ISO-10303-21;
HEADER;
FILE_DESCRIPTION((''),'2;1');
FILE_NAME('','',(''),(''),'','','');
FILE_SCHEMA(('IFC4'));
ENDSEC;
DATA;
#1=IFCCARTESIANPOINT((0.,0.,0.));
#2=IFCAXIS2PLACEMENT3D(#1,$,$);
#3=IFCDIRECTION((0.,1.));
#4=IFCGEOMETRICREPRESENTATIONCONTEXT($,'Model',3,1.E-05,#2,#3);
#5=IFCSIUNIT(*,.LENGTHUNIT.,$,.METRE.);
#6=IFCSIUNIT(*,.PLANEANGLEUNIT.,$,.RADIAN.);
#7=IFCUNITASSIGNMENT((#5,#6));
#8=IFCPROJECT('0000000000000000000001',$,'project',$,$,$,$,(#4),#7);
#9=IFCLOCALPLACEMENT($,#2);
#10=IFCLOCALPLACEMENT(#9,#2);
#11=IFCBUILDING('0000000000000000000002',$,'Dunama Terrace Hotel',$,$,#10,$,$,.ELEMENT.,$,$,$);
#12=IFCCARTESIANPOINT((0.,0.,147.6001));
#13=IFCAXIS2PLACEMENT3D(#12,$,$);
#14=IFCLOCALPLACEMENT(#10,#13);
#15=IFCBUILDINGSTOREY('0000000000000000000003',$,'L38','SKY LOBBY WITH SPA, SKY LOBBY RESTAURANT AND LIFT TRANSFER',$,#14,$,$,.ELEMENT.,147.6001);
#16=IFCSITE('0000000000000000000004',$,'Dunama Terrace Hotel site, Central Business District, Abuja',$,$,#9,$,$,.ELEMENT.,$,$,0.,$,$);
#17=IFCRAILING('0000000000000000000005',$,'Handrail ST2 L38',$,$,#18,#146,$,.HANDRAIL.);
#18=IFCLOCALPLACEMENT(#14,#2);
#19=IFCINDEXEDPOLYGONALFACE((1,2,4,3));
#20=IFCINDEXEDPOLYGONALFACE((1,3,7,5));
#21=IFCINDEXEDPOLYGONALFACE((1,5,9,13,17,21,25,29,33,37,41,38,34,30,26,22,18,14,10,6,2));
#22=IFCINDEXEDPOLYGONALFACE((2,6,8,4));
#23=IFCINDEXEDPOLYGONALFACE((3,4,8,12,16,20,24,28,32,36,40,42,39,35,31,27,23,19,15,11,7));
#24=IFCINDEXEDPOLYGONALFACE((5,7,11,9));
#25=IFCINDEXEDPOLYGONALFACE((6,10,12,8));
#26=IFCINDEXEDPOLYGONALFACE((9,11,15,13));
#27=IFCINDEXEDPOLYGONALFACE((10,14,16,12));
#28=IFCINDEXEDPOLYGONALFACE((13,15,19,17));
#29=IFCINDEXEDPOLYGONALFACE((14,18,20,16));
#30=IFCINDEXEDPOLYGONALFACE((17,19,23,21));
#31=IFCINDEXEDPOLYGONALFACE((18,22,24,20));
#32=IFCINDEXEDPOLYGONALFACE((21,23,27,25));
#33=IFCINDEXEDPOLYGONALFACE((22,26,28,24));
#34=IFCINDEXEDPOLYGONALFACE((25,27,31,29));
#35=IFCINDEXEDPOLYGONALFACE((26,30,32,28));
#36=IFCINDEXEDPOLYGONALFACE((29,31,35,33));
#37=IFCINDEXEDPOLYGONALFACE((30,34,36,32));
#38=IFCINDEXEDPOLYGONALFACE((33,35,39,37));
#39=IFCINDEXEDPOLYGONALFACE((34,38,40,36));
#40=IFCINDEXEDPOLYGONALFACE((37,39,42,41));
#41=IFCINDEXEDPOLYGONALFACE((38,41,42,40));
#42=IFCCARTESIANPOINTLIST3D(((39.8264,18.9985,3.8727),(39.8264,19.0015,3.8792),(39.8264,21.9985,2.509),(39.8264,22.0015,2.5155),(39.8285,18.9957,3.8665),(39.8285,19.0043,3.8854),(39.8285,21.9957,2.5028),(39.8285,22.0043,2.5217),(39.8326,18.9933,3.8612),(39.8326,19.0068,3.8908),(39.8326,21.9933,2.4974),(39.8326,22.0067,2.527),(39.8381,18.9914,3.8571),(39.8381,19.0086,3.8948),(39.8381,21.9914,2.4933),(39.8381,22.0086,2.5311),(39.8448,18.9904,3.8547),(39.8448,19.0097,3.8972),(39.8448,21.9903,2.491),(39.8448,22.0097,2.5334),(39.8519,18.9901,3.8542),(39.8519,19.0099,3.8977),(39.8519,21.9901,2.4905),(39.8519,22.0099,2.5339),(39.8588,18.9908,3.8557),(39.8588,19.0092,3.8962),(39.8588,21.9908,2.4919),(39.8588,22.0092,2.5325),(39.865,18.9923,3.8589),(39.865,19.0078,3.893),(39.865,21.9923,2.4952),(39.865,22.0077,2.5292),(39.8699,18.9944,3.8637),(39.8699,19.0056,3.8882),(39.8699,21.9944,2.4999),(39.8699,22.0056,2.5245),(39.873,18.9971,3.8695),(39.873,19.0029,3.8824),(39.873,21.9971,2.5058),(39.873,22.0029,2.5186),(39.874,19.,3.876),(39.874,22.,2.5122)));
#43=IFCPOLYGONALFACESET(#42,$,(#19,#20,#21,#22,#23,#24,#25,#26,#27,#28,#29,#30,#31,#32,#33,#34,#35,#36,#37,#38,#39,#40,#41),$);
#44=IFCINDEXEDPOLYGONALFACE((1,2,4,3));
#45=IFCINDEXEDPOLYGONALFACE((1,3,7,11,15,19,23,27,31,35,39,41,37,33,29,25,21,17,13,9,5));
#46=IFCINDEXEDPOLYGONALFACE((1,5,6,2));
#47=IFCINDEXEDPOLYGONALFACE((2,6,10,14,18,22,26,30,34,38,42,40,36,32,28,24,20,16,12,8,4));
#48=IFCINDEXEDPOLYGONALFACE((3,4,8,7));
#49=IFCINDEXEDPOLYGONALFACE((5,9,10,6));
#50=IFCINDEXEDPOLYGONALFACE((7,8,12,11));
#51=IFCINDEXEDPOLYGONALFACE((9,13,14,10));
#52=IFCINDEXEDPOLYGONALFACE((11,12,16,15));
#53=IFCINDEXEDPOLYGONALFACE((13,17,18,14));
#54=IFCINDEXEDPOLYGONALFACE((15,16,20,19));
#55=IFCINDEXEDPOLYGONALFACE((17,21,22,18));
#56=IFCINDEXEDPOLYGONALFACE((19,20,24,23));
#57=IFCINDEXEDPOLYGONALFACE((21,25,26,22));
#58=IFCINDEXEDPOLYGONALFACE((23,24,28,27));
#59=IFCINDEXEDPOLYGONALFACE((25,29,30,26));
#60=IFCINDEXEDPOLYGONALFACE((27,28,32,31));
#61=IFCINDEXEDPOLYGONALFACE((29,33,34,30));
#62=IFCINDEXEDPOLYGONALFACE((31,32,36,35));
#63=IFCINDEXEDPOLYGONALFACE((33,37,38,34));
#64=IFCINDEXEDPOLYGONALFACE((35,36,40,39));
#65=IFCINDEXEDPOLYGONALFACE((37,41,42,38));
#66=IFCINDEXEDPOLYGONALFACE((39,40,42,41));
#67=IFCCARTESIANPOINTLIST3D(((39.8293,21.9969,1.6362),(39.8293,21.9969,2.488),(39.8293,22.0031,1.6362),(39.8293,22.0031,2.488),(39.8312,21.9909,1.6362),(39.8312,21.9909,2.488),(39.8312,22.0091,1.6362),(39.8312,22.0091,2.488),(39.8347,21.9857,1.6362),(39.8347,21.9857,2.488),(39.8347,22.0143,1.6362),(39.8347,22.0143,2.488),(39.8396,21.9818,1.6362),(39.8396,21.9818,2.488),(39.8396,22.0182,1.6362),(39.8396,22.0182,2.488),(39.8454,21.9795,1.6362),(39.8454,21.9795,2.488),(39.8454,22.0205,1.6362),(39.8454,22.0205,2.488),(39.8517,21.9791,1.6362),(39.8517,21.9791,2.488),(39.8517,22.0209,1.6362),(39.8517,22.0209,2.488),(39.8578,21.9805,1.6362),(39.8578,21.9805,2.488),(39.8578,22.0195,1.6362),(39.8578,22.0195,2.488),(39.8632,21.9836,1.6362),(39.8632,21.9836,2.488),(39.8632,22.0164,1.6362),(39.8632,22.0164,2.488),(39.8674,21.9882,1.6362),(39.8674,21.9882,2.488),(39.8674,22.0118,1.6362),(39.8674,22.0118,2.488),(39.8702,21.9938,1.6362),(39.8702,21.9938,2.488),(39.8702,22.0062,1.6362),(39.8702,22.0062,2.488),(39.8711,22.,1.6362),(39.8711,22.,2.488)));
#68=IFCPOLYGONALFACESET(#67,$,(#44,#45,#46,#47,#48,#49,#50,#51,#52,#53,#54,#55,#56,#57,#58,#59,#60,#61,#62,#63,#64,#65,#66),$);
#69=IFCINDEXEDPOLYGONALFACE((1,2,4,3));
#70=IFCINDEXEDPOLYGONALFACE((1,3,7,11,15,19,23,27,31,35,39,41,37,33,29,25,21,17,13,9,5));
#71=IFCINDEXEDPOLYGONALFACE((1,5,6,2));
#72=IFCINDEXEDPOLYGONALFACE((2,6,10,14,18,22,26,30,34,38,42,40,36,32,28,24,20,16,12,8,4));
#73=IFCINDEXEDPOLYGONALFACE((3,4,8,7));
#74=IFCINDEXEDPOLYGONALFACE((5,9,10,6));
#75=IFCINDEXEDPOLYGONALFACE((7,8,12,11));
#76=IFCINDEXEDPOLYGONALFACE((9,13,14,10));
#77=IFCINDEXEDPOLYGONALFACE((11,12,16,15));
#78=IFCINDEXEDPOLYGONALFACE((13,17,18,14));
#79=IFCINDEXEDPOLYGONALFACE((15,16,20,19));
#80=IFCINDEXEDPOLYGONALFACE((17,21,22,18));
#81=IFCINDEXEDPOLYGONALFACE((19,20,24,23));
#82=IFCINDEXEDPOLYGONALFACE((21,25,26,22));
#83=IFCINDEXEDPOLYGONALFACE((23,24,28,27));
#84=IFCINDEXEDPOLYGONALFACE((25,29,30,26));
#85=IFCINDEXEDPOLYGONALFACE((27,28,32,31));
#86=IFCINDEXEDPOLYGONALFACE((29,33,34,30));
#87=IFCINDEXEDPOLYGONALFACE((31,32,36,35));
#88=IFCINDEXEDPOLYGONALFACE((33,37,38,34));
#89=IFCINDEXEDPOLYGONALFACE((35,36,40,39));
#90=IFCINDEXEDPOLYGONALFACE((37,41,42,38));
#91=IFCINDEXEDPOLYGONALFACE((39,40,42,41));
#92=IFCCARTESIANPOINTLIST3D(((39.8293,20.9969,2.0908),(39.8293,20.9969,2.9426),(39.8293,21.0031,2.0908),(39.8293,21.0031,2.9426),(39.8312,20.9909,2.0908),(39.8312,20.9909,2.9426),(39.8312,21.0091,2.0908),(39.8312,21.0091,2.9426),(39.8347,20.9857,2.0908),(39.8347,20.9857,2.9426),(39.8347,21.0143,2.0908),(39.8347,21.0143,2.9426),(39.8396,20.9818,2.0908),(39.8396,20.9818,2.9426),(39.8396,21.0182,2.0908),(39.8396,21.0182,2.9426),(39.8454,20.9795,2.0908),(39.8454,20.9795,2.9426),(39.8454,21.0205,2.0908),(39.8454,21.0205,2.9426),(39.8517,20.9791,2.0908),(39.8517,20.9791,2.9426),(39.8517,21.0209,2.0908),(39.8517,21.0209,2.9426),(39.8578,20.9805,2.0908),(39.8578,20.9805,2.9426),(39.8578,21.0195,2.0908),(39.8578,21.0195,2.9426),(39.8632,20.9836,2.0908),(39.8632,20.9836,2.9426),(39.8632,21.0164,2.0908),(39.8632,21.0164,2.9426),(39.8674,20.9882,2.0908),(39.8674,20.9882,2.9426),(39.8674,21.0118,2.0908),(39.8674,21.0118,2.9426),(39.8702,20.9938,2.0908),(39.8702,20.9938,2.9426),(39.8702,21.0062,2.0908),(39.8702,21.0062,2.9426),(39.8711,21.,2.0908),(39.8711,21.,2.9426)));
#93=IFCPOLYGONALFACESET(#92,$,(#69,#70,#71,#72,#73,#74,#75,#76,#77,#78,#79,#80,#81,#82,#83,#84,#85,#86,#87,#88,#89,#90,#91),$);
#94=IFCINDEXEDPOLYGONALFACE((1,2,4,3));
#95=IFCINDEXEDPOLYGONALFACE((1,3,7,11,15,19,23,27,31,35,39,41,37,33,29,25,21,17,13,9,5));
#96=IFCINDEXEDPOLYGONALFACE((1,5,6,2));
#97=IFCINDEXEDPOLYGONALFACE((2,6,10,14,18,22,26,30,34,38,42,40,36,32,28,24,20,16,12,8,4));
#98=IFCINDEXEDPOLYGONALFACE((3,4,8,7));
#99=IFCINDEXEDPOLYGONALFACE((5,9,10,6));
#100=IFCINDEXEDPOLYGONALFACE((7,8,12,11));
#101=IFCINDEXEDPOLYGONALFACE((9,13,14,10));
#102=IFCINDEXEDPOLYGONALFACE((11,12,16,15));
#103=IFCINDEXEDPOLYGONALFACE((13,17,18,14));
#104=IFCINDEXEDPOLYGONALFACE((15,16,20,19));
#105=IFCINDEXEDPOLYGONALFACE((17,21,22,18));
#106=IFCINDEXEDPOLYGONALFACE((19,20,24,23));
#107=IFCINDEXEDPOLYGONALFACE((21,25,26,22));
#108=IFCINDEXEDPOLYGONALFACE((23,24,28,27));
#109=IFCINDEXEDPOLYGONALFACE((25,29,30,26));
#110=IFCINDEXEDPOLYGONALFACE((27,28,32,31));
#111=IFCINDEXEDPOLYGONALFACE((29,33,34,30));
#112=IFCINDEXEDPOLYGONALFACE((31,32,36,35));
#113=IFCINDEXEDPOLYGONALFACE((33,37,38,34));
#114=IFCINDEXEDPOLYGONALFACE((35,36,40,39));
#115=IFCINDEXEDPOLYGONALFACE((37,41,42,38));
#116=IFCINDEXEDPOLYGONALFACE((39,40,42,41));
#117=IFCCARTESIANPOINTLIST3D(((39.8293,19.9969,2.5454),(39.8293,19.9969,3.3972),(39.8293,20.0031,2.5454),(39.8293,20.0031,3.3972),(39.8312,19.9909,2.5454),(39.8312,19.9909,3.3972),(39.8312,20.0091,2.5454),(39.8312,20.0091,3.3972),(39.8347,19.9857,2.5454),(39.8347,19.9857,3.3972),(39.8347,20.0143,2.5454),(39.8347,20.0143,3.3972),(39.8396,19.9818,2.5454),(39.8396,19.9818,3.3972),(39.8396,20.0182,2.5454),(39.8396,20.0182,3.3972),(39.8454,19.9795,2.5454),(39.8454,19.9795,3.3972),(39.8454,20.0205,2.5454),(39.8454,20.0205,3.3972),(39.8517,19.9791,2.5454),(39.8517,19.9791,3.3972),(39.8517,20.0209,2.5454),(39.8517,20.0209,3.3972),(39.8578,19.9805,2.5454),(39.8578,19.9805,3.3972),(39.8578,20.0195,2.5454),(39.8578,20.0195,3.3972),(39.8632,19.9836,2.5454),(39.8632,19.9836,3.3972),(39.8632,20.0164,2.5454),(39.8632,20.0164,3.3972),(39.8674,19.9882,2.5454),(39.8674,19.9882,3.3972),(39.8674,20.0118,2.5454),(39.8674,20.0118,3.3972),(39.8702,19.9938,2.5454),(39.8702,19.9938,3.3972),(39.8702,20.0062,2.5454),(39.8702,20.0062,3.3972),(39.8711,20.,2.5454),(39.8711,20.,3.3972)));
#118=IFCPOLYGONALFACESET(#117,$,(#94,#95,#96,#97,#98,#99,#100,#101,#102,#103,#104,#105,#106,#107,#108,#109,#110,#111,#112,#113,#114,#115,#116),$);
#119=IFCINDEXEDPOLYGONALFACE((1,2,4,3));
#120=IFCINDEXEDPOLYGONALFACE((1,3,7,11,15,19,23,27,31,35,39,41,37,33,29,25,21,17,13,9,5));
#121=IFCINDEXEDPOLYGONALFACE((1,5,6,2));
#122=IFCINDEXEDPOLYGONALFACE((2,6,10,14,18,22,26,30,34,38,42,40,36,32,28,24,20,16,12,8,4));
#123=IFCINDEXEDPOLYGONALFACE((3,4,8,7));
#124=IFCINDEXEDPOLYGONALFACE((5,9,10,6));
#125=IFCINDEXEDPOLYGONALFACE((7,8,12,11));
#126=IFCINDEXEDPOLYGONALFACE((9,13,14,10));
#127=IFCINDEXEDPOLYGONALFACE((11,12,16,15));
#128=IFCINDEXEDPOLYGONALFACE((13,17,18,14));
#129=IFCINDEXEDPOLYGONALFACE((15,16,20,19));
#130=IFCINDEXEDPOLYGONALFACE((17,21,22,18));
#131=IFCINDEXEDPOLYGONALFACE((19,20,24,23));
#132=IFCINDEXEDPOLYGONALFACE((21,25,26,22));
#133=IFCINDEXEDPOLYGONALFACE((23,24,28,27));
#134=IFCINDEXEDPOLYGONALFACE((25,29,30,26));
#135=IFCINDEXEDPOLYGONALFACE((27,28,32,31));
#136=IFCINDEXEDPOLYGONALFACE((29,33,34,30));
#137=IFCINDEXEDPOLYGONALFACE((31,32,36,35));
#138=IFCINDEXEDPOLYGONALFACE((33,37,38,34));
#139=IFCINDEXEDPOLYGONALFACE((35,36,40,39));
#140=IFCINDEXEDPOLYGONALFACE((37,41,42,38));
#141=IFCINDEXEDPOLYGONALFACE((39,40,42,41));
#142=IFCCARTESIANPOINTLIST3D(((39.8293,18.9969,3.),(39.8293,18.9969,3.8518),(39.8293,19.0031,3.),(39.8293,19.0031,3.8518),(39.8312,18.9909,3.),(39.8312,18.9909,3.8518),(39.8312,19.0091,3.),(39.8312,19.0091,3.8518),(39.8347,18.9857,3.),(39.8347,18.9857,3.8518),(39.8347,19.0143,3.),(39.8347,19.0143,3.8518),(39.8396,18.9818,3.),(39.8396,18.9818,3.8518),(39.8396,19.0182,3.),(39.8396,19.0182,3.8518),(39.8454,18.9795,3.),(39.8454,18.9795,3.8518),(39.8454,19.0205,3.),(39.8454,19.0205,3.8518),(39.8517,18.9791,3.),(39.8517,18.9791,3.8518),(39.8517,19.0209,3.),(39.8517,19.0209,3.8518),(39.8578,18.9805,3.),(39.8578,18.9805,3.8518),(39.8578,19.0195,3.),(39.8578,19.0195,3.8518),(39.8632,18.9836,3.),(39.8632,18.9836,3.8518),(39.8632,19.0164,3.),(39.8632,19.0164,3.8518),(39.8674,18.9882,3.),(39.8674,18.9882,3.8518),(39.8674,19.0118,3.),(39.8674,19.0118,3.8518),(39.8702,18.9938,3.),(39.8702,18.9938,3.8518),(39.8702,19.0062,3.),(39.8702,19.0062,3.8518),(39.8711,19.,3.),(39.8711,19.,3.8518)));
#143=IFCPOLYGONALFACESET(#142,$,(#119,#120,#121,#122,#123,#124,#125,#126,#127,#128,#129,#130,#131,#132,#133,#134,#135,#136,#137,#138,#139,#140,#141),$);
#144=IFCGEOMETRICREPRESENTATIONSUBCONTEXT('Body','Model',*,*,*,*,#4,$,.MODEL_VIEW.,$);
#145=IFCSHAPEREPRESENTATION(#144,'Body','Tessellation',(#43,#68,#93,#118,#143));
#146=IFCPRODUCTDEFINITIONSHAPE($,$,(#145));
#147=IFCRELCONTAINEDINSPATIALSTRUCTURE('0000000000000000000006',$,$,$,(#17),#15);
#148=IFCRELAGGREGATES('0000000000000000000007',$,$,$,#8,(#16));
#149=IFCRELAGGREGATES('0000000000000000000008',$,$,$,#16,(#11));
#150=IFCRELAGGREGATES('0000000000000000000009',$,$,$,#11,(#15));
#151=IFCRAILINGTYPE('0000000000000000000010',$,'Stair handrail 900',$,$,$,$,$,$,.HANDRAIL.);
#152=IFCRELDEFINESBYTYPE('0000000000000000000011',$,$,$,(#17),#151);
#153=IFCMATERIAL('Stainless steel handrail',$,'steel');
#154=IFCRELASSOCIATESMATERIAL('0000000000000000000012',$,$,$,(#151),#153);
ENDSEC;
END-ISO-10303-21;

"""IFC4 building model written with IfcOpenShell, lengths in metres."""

from ifc_helpers import new_model, si_unit, direction, frame, origin, origin_2d, place, context, subcontext, project, spatial, circle, extrude, material, type_object, element, save


model = new_model("IFC4")

# Units and contexts
model_context = context("Model", 3, precision=1e-05, world=origin(), true_north=direction((0.0, 1.0)))
body_context = subcontext(model_context, "Body", "Model", "MODEL_VIEW")
ifc_project = project(units=[si_unit("LENGTHUNIT", "METRE"), si_unit("PLANEANGLEUNIT", "RADIAN")], contexts=[model_context])

# Site, building, storey
site_placement = place(None, origin())
site = spatial("IfcSite", under=ifc_project, at=site_placement, Name="Dunama Terrace Hotel site, Central Business District, Abuja", CompositionType="ELEMENT", RefElevation=0.0)
building_placement = place(site_placement, origin())
building = spatial("IfcBuilding", under=site, at=building_placement, Name="Dunama Terrace Hotel", CompositionType="ELEMENT")
storey_placement = place(building_placement, frame((0.0, 0.0, 147.6001)))
storey = spatial("IfcBuildingStorey", under=building, at=storey_placement, Name="L38", Description="SKY LOBBY WITH SPA, SKY LOBBY RESTAURANT AND LIFT TRANSFER", CompositionType="ELEMENT", Elevation=147.6001)

# Railing
ifc_material_1 = material(Name="Stainless steel handrail", Category="steel")
railing_type = type_object("IfcRailingType", Name="Stair handrail 900", PredefinedType="HANDRAIL", material=ifc_material_1)
railing_1_placement = place(storey_placement, frame((39.8501, 22.0, 1.6362)))
element("IfcRailing", 1, at=railing_1_placement, inside=storey, type_object=railing_type, Name="Handrail ST2 L38", PredefinedType="HANDRAIL", context=body_context, shape_type="SweptSolid", body=[
    extrude(circle(Radius=0.0239, at=origin_2d()), frame((0.0, 0.0, 0.876), z_axis=(0.0, -0.910351, 0.413836), x_axis=(1.0, 0.0, 0.0)), (0.0, 0.0, 1.0), 3.2954),
    extrude(circle(Radius=0.021, at=origin_2d()), origin(), (0.0, 0.0, 1.0), 0.8518),
    extrude(circle(Radius=0.021, at=origin_2d()), frame((0.0, -1.0, 0.4546)), (0.0, 0.0, 1.0), 0.8518),
    extrude(circle(Radius=0.021, at=origin_2d()), frame((0.0, -2.0, 0.9092)), (0.0, 0.0, 1.0), 0.8518),
    extrude(circle(Radius=0.021, at=origin_2d()), frame((0.0, -3.0, 1.3638)), (0.0, 0.0, 1.0), 0.8518),
])

save(model, "model.ifc")
